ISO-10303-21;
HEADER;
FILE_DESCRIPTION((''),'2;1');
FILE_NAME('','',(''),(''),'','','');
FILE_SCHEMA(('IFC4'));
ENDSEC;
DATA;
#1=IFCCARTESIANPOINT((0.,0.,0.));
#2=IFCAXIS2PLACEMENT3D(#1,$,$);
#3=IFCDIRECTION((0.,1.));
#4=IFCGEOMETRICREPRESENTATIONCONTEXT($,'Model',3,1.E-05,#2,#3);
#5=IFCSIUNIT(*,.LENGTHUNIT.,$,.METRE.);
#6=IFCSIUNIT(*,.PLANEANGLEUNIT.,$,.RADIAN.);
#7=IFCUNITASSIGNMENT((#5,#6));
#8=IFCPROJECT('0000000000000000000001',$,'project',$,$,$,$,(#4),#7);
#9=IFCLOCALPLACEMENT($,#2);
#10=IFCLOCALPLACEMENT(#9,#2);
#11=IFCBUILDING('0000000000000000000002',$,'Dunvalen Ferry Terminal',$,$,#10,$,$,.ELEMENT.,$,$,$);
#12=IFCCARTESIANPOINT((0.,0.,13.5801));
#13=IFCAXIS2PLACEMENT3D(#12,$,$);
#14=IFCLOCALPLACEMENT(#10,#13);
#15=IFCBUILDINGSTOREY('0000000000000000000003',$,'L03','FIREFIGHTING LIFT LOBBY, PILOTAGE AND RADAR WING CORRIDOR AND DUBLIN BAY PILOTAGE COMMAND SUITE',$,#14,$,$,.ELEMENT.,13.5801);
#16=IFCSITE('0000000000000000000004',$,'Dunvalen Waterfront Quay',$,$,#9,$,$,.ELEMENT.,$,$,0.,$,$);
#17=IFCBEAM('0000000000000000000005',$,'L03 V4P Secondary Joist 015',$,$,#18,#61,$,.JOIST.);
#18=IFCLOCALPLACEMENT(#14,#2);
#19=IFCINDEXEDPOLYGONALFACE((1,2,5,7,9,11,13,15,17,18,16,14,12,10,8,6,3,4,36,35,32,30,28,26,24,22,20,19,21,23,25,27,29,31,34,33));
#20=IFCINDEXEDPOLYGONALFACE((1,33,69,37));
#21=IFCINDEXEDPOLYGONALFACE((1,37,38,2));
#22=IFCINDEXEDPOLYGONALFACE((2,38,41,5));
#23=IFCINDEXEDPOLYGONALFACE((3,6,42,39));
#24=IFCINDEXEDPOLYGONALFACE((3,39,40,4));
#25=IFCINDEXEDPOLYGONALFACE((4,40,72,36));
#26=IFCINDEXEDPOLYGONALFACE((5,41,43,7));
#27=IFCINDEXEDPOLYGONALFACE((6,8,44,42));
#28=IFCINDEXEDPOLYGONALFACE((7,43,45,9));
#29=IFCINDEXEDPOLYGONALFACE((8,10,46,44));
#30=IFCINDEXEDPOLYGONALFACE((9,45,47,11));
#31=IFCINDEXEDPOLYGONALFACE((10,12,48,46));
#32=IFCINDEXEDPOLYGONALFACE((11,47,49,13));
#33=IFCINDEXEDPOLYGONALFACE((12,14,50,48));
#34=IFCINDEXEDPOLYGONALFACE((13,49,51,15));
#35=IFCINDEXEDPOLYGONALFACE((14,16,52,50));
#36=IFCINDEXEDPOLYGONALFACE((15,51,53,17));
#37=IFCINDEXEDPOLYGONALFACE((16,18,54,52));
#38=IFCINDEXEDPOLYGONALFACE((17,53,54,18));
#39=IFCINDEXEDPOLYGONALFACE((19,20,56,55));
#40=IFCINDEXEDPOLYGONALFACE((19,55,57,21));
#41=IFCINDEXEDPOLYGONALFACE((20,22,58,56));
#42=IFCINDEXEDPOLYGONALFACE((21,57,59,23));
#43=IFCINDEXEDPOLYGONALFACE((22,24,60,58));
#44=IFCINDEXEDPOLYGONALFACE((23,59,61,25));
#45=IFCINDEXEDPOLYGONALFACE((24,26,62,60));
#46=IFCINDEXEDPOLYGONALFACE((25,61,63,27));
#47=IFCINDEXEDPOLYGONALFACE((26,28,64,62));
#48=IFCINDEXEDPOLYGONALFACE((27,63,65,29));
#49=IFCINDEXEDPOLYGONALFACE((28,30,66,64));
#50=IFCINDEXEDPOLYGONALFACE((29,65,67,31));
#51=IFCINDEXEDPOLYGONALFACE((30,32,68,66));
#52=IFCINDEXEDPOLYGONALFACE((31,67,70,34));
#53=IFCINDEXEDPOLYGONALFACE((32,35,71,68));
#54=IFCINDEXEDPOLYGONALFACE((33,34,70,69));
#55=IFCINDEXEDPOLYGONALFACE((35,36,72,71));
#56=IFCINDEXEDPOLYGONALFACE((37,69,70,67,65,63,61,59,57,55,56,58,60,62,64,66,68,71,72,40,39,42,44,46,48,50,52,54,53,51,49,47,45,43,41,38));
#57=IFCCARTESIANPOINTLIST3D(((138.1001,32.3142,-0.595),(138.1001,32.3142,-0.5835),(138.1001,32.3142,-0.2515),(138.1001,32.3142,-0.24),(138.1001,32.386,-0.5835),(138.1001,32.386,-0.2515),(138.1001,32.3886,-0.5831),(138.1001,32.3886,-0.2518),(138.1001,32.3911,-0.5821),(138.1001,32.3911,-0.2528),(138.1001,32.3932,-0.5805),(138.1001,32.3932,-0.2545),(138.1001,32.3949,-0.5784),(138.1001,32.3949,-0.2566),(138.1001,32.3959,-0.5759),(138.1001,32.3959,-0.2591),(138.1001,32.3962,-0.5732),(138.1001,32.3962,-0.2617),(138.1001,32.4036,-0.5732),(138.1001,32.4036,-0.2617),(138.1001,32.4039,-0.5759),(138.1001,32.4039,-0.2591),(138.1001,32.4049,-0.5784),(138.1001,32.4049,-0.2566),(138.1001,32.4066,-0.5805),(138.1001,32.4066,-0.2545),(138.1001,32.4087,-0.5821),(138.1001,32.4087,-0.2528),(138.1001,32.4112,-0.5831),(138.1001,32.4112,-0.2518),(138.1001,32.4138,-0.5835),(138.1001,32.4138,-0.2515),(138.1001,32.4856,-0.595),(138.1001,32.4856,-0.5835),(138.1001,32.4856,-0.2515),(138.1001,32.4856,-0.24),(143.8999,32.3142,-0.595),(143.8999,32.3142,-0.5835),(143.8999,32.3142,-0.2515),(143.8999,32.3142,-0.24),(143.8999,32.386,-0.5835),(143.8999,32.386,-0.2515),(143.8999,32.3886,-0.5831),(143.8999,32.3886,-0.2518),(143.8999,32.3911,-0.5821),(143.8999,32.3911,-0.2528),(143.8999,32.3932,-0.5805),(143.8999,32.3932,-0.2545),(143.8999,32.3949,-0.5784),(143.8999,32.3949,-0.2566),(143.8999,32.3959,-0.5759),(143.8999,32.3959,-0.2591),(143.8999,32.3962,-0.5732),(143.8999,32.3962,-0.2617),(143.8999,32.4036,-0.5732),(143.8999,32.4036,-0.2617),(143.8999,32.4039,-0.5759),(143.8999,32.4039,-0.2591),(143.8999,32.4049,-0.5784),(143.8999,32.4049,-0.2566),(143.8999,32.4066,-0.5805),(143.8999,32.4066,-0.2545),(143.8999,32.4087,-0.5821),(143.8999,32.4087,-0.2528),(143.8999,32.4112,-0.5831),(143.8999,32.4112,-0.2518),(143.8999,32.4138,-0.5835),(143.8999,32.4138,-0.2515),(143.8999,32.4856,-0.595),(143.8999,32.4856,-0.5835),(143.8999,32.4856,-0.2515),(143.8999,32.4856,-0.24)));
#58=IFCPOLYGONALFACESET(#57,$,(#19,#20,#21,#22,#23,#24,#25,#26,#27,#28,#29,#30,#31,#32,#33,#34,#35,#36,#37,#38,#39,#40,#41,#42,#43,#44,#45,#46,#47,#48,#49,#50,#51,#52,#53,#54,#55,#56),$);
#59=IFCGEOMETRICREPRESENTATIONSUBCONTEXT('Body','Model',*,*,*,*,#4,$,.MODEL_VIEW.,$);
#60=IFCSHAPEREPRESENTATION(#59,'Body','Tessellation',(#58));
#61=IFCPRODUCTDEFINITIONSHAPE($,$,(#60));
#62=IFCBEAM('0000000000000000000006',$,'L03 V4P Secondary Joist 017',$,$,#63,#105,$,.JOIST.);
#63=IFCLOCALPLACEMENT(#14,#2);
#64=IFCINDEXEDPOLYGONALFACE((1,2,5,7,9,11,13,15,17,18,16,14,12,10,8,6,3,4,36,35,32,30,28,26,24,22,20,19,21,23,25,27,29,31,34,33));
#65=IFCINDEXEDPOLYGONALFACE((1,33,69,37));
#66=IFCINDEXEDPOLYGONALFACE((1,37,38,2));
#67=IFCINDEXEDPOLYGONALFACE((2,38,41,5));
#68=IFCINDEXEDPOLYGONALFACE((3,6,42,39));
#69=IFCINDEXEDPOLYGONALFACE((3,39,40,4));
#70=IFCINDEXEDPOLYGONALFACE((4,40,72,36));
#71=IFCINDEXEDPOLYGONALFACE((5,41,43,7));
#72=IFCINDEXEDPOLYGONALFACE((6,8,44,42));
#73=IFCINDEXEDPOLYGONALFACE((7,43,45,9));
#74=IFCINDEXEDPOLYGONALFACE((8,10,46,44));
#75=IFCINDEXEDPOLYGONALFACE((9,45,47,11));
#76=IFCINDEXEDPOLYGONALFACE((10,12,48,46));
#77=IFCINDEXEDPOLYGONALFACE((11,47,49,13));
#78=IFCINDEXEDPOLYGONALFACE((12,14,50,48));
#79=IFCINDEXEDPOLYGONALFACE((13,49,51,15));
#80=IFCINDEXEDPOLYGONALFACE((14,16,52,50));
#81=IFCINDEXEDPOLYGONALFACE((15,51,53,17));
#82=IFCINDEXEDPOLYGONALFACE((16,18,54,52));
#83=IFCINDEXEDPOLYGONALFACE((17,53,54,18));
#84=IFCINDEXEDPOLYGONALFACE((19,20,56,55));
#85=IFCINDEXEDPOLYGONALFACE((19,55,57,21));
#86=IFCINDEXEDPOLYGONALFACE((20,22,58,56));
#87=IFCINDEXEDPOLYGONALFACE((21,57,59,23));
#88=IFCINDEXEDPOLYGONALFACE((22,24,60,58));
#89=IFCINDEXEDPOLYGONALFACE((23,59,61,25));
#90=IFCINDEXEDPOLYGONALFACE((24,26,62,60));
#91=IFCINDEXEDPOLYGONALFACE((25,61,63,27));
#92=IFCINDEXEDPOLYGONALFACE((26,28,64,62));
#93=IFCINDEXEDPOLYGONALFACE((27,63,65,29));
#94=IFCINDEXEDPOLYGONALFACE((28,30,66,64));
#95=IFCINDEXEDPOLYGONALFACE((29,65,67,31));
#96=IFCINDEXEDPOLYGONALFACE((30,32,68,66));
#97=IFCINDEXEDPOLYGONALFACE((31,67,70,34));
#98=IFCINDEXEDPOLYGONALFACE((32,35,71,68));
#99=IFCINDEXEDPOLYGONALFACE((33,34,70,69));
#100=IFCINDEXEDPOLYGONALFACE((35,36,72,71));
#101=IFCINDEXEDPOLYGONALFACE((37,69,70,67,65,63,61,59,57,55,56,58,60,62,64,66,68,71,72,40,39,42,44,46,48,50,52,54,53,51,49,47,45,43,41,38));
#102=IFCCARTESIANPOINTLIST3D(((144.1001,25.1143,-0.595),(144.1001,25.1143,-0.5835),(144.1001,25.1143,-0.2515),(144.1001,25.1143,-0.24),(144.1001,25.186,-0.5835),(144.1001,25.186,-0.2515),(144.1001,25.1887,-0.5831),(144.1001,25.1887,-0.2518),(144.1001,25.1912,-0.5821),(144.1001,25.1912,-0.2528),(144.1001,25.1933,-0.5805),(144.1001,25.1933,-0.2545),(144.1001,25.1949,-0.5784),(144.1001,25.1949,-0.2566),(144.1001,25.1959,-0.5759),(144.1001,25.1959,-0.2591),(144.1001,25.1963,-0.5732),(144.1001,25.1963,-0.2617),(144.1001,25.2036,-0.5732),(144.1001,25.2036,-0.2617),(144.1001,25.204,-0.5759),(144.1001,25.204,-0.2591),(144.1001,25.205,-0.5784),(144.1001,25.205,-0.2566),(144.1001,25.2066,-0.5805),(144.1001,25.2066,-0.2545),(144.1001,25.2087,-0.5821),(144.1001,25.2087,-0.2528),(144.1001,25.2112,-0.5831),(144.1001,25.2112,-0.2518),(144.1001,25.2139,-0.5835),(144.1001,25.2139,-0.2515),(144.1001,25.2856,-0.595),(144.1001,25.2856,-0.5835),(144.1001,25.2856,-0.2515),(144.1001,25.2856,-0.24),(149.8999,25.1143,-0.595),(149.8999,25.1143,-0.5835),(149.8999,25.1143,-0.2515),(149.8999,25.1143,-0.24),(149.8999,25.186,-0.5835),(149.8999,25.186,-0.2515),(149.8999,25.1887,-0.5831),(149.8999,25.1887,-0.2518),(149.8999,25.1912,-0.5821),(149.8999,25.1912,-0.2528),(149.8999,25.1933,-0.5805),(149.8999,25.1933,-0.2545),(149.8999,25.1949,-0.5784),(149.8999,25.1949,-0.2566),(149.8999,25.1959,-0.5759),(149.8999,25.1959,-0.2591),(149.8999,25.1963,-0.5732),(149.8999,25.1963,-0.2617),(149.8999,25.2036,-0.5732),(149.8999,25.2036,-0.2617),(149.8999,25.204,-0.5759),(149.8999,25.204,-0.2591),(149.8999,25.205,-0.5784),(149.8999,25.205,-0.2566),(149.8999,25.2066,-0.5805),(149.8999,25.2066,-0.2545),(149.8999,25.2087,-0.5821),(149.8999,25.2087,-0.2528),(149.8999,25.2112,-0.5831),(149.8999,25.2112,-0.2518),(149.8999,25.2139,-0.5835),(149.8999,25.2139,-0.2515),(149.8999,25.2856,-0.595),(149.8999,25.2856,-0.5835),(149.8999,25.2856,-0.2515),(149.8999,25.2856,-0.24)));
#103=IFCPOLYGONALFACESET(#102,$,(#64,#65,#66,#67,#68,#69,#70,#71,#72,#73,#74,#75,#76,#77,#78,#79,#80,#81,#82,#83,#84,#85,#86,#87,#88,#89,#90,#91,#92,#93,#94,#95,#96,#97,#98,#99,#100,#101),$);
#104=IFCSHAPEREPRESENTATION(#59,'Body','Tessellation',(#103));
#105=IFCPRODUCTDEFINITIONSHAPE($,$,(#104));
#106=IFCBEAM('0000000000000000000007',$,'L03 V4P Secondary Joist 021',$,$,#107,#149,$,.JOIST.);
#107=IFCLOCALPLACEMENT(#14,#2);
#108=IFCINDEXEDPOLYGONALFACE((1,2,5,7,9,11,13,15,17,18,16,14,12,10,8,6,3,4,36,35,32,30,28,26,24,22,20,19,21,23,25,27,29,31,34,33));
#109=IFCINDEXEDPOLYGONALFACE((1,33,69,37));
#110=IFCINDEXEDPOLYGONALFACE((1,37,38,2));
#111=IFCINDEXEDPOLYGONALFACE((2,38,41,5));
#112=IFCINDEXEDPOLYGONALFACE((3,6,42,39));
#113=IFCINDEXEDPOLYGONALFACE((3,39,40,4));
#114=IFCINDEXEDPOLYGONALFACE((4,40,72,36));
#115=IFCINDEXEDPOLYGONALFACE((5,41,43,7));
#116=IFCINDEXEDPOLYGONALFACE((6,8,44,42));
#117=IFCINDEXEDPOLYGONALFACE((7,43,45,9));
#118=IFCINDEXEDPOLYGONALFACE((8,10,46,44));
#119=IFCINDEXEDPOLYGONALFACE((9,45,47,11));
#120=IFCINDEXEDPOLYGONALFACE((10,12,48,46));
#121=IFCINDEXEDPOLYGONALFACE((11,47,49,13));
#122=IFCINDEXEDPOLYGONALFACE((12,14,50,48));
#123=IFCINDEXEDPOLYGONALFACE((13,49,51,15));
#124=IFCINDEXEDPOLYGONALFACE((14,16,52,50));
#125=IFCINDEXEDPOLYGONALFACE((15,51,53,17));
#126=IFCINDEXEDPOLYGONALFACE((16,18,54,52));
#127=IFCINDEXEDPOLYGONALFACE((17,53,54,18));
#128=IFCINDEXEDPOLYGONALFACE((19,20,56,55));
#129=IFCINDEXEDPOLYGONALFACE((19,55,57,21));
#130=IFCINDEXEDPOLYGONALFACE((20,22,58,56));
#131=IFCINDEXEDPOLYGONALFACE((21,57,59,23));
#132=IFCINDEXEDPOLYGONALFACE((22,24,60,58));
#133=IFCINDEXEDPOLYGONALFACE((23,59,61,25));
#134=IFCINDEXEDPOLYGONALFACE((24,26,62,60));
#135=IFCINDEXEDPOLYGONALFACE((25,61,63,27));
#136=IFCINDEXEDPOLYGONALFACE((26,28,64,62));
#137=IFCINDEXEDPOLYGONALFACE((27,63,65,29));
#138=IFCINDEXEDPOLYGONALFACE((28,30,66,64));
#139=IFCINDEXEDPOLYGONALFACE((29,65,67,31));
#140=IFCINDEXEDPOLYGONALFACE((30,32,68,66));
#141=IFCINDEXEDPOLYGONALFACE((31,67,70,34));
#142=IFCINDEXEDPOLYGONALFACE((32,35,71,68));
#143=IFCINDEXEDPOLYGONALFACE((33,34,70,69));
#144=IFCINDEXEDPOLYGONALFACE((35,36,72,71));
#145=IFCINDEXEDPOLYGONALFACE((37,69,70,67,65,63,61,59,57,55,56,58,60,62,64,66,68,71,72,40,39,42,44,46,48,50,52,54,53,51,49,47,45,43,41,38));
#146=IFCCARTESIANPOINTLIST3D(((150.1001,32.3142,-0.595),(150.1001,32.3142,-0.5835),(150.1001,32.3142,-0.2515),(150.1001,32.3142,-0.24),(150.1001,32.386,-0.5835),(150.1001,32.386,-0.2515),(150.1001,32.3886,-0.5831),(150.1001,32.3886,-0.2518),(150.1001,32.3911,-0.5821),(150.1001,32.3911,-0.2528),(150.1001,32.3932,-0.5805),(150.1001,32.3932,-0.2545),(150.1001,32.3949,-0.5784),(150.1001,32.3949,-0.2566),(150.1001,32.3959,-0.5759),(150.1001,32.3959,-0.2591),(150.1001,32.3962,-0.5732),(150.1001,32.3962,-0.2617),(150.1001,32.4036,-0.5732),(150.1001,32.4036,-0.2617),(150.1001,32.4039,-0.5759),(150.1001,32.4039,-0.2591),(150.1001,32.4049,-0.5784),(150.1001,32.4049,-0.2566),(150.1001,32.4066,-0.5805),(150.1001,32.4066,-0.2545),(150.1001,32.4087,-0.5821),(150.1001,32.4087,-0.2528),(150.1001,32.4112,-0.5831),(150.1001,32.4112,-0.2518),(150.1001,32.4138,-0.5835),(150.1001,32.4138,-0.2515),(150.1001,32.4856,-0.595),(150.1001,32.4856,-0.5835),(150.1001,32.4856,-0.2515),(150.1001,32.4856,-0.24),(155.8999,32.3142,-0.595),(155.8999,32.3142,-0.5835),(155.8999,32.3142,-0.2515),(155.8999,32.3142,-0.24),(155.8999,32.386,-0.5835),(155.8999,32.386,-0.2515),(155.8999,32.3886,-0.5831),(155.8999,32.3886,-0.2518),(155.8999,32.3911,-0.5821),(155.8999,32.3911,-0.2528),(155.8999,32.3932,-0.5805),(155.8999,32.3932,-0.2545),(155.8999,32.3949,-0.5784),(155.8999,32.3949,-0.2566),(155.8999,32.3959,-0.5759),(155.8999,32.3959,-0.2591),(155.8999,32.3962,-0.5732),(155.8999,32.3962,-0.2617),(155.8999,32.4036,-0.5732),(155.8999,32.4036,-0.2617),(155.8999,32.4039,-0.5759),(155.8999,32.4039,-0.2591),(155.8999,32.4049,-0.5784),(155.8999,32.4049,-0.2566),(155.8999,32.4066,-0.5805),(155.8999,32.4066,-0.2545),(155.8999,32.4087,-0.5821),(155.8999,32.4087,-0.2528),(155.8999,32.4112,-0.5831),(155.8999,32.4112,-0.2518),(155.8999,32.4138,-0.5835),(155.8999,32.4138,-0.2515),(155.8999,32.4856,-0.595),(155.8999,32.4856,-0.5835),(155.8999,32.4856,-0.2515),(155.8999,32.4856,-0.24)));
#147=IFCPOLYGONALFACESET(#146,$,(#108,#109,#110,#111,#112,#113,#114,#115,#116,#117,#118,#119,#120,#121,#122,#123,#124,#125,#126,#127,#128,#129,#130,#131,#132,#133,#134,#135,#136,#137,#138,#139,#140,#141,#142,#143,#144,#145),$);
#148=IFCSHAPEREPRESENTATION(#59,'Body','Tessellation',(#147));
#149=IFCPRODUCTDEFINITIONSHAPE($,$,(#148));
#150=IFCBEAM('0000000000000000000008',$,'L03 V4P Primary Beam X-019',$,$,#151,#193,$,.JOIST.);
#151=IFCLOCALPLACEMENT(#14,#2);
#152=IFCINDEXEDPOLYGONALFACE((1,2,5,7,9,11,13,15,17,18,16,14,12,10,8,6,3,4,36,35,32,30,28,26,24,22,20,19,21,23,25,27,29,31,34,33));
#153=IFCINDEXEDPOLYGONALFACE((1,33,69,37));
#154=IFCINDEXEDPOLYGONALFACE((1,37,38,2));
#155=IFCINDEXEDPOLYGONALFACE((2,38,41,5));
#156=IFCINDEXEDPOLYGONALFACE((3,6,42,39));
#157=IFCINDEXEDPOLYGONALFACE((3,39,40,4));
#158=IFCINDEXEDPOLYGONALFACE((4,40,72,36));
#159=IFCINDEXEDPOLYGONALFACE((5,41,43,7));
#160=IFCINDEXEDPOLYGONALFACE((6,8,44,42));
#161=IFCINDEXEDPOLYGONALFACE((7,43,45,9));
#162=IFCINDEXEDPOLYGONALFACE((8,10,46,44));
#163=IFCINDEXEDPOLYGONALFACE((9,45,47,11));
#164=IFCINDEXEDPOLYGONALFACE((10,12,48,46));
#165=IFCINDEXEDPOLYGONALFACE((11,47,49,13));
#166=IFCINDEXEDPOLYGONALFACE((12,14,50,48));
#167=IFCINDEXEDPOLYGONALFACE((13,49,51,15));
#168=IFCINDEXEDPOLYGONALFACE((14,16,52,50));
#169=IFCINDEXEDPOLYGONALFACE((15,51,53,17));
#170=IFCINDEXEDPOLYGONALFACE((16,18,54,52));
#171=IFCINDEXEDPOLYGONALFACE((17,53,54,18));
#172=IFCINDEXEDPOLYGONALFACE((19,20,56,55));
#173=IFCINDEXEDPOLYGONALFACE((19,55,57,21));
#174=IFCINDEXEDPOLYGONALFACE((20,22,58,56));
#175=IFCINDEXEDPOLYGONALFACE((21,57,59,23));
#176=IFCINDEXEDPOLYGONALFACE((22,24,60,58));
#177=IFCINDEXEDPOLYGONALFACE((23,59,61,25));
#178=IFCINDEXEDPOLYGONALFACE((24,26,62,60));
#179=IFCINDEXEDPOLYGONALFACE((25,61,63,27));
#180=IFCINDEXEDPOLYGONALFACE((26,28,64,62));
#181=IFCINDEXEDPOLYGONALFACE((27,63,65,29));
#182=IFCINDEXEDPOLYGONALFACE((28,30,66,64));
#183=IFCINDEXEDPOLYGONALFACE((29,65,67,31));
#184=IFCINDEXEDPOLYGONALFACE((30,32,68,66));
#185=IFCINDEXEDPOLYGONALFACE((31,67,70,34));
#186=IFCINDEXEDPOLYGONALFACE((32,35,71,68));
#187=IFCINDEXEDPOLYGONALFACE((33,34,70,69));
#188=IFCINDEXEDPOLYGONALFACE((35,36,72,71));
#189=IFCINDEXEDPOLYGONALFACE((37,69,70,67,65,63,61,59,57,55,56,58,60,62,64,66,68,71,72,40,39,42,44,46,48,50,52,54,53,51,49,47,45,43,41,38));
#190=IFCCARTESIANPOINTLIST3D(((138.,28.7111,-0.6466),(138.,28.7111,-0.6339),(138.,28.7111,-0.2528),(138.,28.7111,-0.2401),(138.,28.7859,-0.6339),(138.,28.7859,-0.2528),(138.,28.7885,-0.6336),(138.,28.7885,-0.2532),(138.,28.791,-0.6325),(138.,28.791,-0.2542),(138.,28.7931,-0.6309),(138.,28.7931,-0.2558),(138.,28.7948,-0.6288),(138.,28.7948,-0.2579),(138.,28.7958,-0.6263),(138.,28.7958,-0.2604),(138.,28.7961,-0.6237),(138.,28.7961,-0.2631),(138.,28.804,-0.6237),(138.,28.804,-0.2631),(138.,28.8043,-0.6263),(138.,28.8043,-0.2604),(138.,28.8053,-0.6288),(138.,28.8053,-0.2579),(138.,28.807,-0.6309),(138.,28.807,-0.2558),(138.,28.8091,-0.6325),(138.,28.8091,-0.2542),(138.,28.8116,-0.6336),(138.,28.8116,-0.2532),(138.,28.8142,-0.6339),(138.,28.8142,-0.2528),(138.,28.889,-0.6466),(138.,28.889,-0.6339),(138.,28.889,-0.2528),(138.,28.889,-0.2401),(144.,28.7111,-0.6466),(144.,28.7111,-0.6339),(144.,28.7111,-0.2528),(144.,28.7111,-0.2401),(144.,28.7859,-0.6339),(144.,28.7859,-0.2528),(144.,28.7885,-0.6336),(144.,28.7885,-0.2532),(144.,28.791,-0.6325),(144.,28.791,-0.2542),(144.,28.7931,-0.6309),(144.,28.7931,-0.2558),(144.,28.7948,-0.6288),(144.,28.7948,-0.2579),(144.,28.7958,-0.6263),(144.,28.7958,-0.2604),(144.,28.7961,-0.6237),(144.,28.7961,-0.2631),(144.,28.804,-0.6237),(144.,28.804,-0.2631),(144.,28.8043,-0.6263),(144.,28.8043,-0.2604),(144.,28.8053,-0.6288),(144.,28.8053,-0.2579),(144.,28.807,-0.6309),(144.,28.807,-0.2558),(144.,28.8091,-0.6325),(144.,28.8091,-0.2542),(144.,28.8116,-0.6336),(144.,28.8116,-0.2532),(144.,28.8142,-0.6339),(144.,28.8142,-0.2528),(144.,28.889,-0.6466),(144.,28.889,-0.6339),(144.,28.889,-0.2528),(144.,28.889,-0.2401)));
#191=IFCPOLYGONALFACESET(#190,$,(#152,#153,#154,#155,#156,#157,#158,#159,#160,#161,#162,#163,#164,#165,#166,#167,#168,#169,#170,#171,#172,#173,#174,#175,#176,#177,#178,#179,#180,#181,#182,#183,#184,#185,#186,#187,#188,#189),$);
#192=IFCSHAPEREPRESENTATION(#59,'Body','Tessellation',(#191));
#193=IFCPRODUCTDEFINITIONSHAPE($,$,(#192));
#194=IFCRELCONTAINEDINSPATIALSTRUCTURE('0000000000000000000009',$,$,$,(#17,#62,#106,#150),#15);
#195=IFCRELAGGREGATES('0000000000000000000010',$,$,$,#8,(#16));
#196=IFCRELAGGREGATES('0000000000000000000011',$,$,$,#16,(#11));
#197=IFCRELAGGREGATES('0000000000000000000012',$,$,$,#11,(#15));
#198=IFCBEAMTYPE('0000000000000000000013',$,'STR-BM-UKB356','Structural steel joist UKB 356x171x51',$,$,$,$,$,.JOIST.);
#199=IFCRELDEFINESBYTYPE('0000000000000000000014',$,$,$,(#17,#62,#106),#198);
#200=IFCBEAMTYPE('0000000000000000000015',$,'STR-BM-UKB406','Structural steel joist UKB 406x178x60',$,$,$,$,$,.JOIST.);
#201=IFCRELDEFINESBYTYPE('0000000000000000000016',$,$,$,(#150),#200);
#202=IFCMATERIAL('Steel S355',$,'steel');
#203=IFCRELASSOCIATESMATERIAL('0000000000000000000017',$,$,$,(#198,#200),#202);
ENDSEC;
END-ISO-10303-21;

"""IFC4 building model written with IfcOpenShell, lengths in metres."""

from ifc_helpers import new_model, si_unit, direction, frame, origin, origin_2d, place, context, subcontext, project, spatial, i_section, extrude, material, material_profile, profile_set, type_object, element, save


model = new_model("IFC4")

# Units and contexts
model_context = context("Model", 3, precision=1e-05, world=origin(), true_north=direction((0.0, 1.0)))
body_context = subcontext(model_context, "Body", "Model", "MODEL_VIEW")
ifc_project = project(units=[si_unit("LENGTHUNIT", "METRE"), si_unit("PLANEANGLEUNIT", "RADIAN")], contexts=[model_context])

# Site, building, storey
site_placement = place(None, origin())
site = spatial("IfcSite", under=ifc_project, at=site_placement, Name="Dunvalen Waterfront Quay", CompositionType="ELEMENT", RefElevation=0.0)
building_placement = place(site_placement, origin())
building = spatial("IfcBuilding", under=site, at=building_placement, Name="Dunvalen Ferry Terminal", CompositionType="ELEMENT")
storey_placement = place(building_placement, frame((0.0, 0.0, 13.5801)))
storey = spatial("IfcBuildingStorey", under=building, at=storey_placement, Name="L03", Description="FIREFIGHTING LIFT LOBBY, PILOTAGE AND RADAR WING CORRIDOR AND DUBLIN BAY PILOTAGE COMMAND SUITE", CompositionType="ELEMENT", Elevation=13.5801)

# Beams
ifc_material_1 = material(Name="Steel S355", Category="steel")
ifc_material_profile_1 = material_profile(ifc_material_1, i_section(OverallWidth=0.1714, OverallDepth=0.355, WebThickness=0.0073, FlangeThickness=0.0115, FilletRadius=0.0103, at=origin_2d()), Name="Steel S355")
ifc_profile_set_1 = profile_set([ifc_material_profile_1], Name="Steel S355")
beam_type_1 = type_object("IfcBeamType", Name="STR-BM-UKB356", Description="Structural steel joist UKB 356x171x51", PredefinedType="JOIST", material=ifc_profile_set_1)
for number, where, z_axis, x_axis, name in (
    (1, (138.1001, 32.3999, -0.4175), (1.0, 0.0, 0.0), (0.0, 1.0, 0.0), "L03 V4P Secondary Joist 015"),
    (2, (144.1001, 25.2, -0.4175), (1.0, 0.0, 0.0), (0.0, 1.0, 0.0), "L03 V4P Secondary Joist 017"),
    (3, (150.1001, 32.3999, -0.4175), (1.0, 0.0, 0.0), (0.0, 1.0, 0.0), "L03 V4P Secondary Joist 021"),
):
    element("IfcBeam", number, at=place(storey_placement, frame(where, z_axis=z_axis, x_axis=x_axis)), inside=storey, type_object=beam_type_1, Name=name, PredefinedType="JOIST", context=body_context, shape_type="SweptSolid", body=[
        extrude(i_section(OverallWidth=0.1714, OverallDepth=0.355, WebThickness=0.0073, FlangeThickness=0.0115, FilletRadius=0.0103, at=origin_2d()), origin(), (0.0, 0.0, 1.0), 5.7998),
    ])
ifc_material_profile_2 = material_profile(ifc_material_1, i_section(OverallWidth=0.178, OverallDepth=0.4065, WebThickness=0.0078, FlangeThickness=0.0127, FilletRadius=0.0103, at=origin_2d()), Name="Steel S355")
ifc_profile_set_2 = profile_set([ifc_material_profile_2], Name="Steel S355")
beam_type_2 = type_object("IfcBeamType", Name="STR-BM-UKB406", Description="Structural steel joist UKB 406x178x60", PredefinedType="JOIST", material=ifc_profile_set_2)
for number, where, z_axis, x_axis, name in (
    (4, (138.0, 28.8, -0.4434), (1.0, 0.0, 0.0), (0.0, 1.0, 0.0), "L03 V4P Primary Beam X-019"),
):
    element("IfcBeam", number, at=place(storey_placement, frame(where, z_axis=z_axis, x_axis=x_axis)), inside=storey, type_object=beam_type_2, Name=name, PredefinedType="JOIST", context=body_context, shape_type="SweptSolid", body=[
        extrude(i_section(OverallWidth=0.178, OverallDepth=0.4065, WebThickness=0.0078, FlangeThickness=0.0127, FilletRadius=0.0103, at=origin_2d()), origin(), (0.0, 0.0, 1.0), 6.0),
    ])

save(model, "model.ifc")
